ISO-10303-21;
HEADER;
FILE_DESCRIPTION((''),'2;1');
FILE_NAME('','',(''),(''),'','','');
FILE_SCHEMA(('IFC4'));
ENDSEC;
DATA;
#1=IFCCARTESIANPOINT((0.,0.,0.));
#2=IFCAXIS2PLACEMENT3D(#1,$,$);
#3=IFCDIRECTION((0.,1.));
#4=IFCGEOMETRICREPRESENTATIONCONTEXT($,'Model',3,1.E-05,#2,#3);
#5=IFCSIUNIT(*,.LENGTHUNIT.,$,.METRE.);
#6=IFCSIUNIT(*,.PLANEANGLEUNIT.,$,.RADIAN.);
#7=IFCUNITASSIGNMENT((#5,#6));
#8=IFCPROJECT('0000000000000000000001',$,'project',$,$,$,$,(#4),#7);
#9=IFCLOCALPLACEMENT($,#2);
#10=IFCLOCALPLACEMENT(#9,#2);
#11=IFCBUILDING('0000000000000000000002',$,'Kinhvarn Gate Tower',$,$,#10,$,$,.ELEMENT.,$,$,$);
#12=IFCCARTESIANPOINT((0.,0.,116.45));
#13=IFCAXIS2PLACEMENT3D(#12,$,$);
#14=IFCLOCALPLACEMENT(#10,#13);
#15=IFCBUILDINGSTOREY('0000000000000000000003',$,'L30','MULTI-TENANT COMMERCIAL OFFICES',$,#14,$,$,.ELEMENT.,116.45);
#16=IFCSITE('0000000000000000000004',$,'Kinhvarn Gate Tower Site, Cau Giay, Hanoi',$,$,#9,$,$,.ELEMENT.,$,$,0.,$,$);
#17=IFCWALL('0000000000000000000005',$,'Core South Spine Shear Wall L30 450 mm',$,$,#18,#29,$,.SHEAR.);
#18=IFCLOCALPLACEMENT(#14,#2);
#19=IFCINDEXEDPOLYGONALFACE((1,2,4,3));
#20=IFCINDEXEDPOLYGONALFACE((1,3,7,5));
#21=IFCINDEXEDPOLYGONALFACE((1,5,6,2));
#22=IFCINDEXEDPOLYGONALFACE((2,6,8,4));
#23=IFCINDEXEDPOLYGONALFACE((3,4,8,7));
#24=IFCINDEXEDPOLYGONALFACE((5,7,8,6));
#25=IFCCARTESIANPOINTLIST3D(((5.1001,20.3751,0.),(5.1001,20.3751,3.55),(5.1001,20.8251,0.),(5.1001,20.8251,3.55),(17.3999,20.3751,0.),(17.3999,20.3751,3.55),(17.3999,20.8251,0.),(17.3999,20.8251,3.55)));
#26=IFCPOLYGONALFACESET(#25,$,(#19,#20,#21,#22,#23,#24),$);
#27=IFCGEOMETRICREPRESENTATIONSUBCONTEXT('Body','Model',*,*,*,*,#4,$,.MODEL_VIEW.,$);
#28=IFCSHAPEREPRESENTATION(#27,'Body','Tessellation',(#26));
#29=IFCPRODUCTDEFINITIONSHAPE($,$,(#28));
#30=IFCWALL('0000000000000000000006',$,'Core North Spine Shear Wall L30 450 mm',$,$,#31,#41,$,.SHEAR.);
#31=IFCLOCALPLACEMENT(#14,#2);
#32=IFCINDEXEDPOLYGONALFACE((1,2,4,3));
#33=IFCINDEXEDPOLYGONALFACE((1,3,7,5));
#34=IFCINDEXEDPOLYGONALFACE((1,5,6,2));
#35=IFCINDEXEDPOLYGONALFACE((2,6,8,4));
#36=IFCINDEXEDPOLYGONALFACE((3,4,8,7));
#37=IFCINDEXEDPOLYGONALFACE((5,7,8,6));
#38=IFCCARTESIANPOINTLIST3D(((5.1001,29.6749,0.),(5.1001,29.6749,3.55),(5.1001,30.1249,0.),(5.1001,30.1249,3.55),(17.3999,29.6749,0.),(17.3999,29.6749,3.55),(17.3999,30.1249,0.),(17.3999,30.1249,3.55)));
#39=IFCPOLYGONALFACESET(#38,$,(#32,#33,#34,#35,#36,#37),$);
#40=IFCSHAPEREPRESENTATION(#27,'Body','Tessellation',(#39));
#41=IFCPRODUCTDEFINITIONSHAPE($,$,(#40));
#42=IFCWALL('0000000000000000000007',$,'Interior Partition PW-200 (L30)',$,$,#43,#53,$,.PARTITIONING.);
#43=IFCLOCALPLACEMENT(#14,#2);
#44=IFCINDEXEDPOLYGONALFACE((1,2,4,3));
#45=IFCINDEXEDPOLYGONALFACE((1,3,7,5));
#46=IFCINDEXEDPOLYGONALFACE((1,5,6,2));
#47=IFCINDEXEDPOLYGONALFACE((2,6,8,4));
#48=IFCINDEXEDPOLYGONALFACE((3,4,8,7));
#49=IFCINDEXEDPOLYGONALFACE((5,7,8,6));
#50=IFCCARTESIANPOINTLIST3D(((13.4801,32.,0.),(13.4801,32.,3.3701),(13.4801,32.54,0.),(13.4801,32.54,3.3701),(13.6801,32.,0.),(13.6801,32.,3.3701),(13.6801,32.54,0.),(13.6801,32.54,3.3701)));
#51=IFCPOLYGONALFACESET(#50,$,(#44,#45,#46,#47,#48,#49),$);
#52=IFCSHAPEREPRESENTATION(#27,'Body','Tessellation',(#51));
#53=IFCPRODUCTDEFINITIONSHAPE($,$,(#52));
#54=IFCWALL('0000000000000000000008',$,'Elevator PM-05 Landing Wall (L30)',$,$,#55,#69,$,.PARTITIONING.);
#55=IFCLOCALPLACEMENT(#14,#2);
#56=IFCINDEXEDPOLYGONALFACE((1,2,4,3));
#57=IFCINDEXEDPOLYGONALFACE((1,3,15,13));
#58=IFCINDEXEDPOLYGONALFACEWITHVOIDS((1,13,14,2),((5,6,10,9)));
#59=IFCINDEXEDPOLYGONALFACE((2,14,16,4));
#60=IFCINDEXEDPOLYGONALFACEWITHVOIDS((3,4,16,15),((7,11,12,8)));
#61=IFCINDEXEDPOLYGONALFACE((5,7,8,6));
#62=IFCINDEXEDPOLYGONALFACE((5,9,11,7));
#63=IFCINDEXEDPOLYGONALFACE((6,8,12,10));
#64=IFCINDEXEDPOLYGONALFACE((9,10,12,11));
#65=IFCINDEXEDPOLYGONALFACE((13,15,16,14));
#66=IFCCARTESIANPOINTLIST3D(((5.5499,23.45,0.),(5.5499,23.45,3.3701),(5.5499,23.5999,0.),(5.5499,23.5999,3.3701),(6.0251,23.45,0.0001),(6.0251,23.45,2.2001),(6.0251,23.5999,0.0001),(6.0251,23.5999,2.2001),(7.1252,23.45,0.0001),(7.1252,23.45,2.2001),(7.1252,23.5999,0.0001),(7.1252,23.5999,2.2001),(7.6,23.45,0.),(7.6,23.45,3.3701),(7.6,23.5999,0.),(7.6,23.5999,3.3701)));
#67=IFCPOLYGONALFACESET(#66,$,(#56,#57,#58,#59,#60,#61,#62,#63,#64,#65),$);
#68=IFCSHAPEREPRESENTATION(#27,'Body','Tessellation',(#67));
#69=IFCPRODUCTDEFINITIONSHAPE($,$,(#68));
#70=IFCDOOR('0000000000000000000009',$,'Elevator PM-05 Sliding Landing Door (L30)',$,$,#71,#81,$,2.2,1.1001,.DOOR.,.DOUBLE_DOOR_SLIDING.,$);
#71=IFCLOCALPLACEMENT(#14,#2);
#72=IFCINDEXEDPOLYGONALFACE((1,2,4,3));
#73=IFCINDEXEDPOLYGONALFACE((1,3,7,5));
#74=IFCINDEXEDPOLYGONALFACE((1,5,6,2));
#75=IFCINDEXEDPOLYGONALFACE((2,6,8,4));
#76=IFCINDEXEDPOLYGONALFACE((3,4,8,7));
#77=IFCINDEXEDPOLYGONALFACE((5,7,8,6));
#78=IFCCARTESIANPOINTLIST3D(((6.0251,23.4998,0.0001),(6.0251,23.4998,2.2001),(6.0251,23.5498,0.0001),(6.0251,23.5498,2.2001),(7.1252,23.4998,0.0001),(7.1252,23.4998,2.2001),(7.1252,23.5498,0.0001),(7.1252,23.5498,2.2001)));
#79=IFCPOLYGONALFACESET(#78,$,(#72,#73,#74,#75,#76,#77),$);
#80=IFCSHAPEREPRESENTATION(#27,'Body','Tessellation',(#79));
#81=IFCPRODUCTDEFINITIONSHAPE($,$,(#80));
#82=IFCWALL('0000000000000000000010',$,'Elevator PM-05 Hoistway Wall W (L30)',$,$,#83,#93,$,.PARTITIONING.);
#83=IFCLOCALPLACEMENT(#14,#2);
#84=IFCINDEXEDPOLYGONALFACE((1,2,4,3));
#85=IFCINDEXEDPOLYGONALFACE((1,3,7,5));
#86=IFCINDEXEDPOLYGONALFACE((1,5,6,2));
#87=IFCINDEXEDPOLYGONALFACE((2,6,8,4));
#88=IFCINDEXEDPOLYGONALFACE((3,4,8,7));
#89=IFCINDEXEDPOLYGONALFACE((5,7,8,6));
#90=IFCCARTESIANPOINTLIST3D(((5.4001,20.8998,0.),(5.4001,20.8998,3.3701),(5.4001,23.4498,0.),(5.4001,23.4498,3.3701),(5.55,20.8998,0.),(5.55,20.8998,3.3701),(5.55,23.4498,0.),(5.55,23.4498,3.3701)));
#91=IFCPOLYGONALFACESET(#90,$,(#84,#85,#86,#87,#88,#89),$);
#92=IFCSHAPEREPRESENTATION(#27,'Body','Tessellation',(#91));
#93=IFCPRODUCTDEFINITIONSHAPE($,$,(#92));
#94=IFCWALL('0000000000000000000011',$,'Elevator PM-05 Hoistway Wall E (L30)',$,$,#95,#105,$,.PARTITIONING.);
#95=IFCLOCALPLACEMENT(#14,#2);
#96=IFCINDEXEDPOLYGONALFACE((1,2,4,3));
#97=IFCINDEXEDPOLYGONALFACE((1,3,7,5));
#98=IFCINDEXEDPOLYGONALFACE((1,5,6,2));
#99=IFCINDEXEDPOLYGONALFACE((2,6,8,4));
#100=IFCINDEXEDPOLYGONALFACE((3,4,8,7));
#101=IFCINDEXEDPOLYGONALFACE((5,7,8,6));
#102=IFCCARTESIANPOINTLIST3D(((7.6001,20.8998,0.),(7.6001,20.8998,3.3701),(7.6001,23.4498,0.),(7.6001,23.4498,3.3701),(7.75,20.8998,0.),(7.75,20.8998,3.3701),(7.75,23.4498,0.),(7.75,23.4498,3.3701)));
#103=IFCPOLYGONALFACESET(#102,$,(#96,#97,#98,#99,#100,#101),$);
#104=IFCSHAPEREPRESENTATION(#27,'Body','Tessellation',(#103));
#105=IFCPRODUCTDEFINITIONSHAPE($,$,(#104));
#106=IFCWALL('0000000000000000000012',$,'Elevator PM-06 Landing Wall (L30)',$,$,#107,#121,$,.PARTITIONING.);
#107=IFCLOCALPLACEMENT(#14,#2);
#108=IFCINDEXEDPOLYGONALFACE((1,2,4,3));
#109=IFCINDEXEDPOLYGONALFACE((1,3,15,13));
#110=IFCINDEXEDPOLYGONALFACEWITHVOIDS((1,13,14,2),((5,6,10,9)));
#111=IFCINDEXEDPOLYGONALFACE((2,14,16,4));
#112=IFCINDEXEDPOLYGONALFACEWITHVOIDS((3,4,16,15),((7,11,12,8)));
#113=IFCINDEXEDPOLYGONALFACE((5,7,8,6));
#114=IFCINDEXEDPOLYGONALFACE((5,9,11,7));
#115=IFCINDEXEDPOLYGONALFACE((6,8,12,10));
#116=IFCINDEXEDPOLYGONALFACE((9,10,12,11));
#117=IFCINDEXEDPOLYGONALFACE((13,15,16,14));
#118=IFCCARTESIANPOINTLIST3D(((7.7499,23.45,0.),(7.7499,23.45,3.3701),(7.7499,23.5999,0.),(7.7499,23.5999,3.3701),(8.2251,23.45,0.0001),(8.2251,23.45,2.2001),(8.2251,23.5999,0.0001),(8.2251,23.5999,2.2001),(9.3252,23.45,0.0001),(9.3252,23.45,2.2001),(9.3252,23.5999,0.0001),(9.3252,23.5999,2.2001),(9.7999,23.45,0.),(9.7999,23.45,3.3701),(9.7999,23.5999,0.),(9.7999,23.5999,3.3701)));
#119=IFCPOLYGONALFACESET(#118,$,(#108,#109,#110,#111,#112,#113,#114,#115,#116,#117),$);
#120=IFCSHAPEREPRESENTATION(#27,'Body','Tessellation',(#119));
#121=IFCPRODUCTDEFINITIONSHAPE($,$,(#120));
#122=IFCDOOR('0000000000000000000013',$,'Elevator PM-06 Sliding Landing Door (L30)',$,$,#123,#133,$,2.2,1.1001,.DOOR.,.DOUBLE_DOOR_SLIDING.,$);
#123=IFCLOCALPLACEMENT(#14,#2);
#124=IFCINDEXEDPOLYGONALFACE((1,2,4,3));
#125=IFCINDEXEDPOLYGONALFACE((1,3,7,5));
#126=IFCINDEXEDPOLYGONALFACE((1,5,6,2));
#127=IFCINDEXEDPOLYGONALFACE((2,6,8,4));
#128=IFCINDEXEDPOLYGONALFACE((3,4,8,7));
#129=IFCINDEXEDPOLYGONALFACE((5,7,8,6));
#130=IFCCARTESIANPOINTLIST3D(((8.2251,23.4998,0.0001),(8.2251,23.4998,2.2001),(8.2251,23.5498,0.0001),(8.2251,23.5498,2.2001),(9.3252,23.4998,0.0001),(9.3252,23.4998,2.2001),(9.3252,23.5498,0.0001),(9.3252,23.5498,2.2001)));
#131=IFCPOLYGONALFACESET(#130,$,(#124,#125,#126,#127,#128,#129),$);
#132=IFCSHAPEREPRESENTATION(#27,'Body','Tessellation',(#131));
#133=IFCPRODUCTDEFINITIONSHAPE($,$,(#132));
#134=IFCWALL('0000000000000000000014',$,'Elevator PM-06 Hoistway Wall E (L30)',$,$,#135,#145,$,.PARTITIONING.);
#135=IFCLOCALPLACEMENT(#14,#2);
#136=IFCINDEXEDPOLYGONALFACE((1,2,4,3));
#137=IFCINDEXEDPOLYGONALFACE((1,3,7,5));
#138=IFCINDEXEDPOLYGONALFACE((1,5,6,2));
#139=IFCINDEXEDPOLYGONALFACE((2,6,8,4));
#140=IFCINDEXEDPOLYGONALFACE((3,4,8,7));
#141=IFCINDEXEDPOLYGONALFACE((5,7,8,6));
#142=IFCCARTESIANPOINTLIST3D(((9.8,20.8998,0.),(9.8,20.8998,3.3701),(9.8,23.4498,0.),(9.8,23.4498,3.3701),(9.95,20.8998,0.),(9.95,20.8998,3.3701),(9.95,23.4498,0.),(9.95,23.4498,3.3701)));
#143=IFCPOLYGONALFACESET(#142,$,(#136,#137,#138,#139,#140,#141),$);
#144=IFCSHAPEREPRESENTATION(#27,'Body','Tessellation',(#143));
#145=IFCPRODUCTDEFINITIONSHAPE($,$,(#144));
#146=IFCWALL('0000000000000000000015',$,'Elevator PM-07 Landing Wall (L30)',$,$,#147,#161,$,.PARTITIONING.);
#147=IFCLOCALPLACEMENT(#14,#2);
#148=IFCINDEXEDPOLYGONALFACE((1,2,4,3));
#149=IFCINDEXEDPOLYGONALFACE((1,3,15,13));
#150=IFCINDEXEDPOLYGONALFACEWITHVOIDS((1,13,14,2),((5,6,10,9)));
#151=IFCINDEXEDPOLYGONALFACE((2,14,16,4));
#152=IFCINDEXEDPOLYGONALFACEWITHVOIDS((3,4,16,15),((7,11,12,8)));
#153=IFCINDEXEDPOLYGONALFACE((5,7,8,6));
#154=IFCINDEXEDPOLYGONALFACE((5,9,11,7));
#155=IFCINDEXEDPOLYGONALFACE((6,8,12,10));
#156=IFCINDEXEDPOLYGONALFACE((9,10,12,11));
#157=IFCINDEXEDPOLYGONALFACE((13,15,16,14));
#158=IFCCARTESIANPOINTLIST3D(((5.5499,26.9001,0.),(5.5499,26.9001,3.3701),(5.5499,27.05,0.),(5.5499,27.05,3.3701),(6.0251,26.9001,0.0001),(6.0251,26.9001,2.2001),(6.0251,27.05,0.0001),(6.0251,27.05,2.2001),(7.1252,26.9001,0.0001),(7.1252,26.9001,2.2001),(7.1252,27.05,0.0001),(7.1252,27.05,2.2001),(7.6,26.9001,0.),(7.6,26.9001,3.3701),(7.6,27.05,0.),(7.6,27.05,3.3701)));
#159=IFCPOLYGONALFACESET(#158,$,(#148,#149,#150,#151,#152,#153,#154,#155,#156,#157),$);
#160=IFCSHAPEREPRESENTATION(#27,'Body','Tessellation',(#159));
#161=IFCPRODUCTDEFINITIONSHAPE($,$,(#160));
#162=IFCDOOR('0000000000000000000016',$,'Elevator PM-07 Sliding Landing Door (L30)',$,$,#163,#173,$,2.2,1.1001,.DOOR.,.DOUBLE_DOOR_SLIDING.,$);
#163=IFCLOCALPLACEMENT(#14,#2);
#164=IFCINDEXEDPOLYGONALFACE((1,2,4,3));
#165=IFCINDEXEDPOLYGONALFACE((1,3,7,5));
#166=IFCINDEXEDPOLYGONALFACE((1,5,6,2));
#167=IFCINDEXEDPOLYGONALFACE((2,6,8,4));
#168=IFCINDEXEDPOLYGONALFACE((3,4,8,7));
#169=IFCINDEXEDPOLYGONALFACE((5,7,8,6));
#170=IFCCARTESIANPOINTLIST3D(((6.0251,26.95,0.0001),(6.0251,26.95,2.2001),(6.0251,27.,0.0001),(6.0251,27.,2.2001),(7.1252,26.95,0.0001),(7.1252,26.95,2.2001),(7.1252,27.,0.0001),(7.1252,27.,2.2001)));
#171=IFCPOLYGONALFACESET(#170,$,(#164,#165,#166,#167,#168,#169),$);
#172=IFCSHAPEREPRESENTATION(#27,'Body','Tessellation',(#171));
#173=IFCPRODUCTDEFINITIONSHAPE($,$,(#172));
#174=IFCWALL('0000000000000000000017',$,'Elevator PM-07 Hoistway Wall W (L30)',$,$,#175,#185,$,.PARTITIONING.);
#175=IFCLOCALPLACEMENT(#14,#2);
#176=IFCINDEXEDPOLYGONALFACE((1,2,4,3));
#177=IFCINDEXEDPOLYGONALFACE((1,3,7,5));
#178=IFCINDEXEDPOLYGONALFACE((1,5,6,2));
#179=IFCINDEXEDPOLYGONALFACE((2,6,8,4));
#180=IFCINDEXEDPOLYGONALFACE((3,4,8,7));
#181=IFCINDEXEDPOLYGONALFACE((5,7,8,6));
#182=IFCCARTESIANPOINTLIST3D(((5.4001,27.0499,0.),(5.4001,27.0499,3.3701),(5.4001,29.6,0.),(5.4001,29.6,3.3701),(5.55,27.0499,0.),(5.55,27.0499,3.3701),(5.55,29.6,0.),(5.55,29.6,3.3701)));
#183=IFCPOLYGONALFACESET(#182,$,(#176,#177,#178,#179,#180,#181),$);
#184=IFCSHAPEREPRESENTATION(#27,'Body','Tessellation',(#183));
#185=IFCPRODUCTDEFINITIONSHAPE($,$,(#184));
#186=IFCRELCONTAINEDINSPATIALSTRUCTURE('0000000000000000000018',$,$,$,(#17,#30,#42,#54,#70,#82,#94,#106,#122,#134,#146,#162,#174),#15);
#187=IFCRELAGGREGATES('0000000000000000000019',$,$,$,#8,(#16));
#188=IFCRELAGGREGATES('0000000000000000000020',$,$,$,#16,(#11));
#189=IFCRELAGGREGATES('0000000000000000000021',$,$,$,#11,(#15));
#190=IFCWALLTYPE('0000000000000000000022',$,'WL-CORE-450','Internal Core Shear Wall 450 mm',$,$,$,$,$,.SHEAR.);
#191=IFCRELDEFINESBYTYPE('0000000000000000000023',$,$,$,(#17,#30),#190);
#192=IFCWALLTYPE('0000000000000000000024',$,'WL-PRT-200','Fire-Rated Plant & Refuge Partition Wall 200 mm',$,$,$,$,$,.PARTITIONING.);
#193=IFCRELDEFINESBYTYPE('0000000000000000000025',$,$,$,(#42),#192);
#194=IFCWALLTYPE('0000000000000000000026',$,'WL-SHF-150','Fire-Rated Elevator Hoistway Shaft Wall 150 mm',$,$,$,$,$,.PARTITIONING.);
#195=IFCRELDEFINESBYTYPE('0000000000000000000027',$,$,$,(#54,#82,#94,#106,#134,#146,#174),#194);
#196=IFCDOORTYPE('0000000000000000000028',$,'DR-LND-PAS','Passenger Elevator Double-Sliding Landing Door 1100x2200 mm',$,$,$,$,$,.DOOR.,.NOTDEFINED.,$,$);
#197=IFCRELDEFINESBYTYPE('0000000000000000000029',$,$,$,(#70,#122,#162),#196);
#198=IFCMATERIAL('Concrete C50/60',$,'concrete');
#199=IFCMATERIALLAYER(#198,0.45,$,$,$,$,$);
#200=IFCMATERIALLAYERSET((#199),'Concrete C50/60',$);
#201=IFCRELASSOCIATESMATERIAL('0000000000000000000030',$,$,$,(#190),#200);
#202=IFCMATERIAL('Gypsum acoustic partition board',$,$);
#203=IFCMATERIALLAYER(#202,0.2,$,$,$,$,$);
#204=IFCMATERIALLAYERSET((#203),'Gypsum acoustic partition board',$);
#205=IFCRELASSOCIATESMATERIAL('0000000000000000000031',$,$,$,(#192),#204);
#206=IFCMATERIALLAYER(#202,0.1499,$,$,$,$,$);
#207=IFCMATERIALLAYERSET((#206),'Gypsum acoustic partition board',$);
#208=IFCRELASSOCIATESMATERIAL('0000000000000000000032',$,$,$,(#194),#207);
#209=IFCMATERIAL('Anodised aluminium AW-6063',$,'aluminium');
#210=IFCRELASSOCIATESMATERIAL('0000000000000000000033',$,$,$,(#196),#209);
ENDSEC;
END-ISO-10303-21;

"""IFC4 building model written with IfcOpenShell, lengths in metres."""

from ifc_helpers import new_model, si_unit, direction, frame, frame_2d, origin, place, context, subcontext, project, spatial, rectangle, extrude, material, layer, layer_set, type_object, element, fill, save


model = new_model("IFC4")

# Units and contexts
model_context = context("Model", 3, precision=1e-05, world=origin(), true_north=direction((0.0, 1.0)))
body_context = subcontext(model_context, "Body", "Model", "MODEL_VIEW")
ifc_project = project(units=[si_unit("LENGTHUNIT", "METRE"), si_unit("PLANEANGLEUNIT", "RADIAN")], contexts=[model_context])

# Site, building, storey
site_placement = place(None, origin())
site = spatial("IfcSite", under=ifc_project, at=site_placement, Name="Kinhvarn Gate Tower Site, Cau Giay, Hanoi", CompositionType="ELEMENT", RefElevation=0.0)
building_placement = place(site_placement, origin())
building = spatial("IfcBuilding", under=site, at=building_placement, Name="Kinhvarn Gate Tower", CompositionType="ELEMENT")
storey_placement = place(building_placement, frame((0.0, 0.0, 116.45)))
storey = spatial("IfcBuildingStorey", under=building, at=storey_placement, Name="L30", Description="MULTI-TENANT COMMERCIAL OFFICES", CompositionType="ELEMENT", Elevation=116.45)

# Walls
ifc_material_1 = material(Name="Concrete C50/60", Category="concrete")
ifc_layer_1 = layer(ifc_material_1, 0.45)
ifc_layer_set_1 = layer_set([ifc_layer_1], Name="Concrete C50/60")
wall_type_1 = type_object("IfcWallType", Name="WL-CORE-450", Description="Internal Core Shear Wall 450 mm", PredefinedType="SHEAR", material=ifc_layer_set_1)
for number, where, z_axis, x_axis, name in (
    (1, (5.1001, 20.6001, 0.0), (0.0, 0.0, 1.0), (1.0, 0.0, 0.0), "Core South Spine Shear Wall L30 450 mm"),
    (2, (5.1001, 29.8999, 0.0), (0.0, 0.0, 1.0), (1.0, 0.0, 0.0), "Core North Spine Shear Wall L30 450 mm"),
):
    element("IfcWall", number, at=place(storey_placement, frame(where, z_axis=z_axis, x_axis=x_axis)), inside=storey, type_object=wall_type_1, Name=name, PredefinedType="SHEAR", context=body_context, shape_type="SweptSolid", body=[
        extrude(rectangle(XDim=12.2998, YDim=0.45, at=frame_2d((6.1499, 0.0))), origin(), (0.0, 0.0, 1.0), 3.55),
    ])
ifc_material_2 = material(Name="Gypsum acoustic partition board")
ifc_layer_2 = layer(ifc_material_2, 0.2)
ifc_layer_set_2 = layer_set([ifc_layer_2], Name="Gypsum acoustic partition board")
wall_type_2 = type_object("IfcWallType", Name="WL-PRT-200", Description="Fire-Rated Plant & Refuge Partition Wall 200 mm", PredefinedType="PARTITIONING", material=ifc_layer_set_2)
wall_1_placement = place(storey_placement, frame((13.5801, 32.0, 0.0), z_axis=(0.0, 0.0, 1.0), x_axis=(0.0, 1.0, 0.0)))
element("IfcWall", 3, at=wall_1_placement, inside=storey, type_object=wall_type_2, Name="Interior Partition PW-200 (L30)", PredefinedType="PARTITIONING", context=body_context, shape_type="SweptSolid", body=[
    extrude(rectangle(XDim=0.54, YDim=0.2, at=frame_2d((0.27, 0.0))), origin(), (0.0, 0.0, 1.0), 3.3701),
])

# Wall, opening, door
ifc_layer_3 = layer(ifc_material_2, 0.1499)
ifc_layer_set_3 = layer_set([ifc_layer_3], Name="Gypsum acoustic partition board")
wall_type_3 = type_object("IfcWallType", Name="WL-SHF-150", Description="Fire-Rated Elevator Hoistway Shaft Wall 150 mm", PredefinedType="PARTITIONING", material=ifc_layer_set_3)
wall_2_placement = place(storey_placement, frame((5.55, 23.5249, 0.0), z_axis=(0.0, 0.0, 1.0), x_axis=(1.0, 0.0, 0.0)))
wall_2 = element("IfcWall", 4, at=wall_2_placement, inside=storey, type_object=wall_type_3, Name="Elevator PM-05 Landing Wall (L30)", PredefinedType="PARTITIONING", context=body_context, shape_type="SweptSolid", body=[
    extrude(rectangle(XDim=2.05, YDim=0.1499, at=frame_2d((1.0249, 0.0))), origin(), (0.0, 0.0, 1.0), 3.3701),
])
opening_1_placement = place(wall_2_placement, frame((0.4751, 0.0, 0.0)))
opening_1 = element("IfcOpeningElement", 5, at=opening_1_placement, cuts=wall_2, PredefinedType="OPENING", context=body_context, shape_type="SweptSolid", body=[
    extrude(rectangle(XDim=1.1001, YDim=2.2, at=frame_2d((0.55, 1.1001))), frame((0.0, 0.085, 0.0), z_axis=(0.0, -1.0, 0.0), x_axis=(1.0, 0.0, 0.0)), (0.0, 0.0, 1.0), 0.1699),
])
ifc_material_3 = material(Name="Anodised aluminium AW-6063", Category="aluminium")
door_type_1 = type_object("IfcDoorType", Name="DR-LND-PAS", Description="Passenger Elevator Double-Sliding Landing Door 1100x2200 mm", OperationType="NOTDEFINED", PredefinedType="DOOR", material=ifc_material_3)
door_1_placement = place(opening_1_placement, origin())
door_1 = element("IfcDoor", 6, at=door_1_placement, inside=storey, type_object=door_type_1, Name="Elevator PM-05 Sliding Landing Door (L30)", OperationType="DOUBLE_DOOR_SLIDING", OverallHeight=2.2, OverallWidth=1.1001, PredefinedType="DOOR", context=body_context, shape_type="SweptSolid", body=[
    extrude(rectangle(XDim=1.1001, YDim=2.2, at=frame_2d((0.55, 1.1001))), frame((0.0, 0.0249, 0.0), z_axis=(0.0, -1.0, 0.0), x_axis=(1.0, 0.0, 0.0)), (0.0, 0.0, 1.0), 0.05),
])
fill(opening_1, door_1)

# Walls
for number, where, z_axis, x_axis, name in (
    (7, (5.4751, 20.8999, 0.0), (0.0, 0.0, 1.0), (0.0, 1.0, 0.0), "Elevator PM-05 Hoistway Wall W (L30)"),
    (8, (7.675, 20.8999, 0.0), (0.0, 0.0, 1.0), (0.0, 1.0, 0.0), "Elevator PM-05 Hoistway Wall E (L30)"),
):
    element("IfcWall", number, at=place(storey_placement, frame(where, z_axis=z_axis, x_axis=x_axis)), inside=storey, type_object=wall_type_3, Name=name, PredefinedType="PARTITIONING", context=body_context, shape_type="SweptSolid", body=[
        extrude(rectangle(XDim=2.55, YDim=0.1499, at=frame_2d((1.2749, 0.0))), origin(), (0.0, 0.0, 1.0), 3.3701),
    ])

# Wall, opening, door
wall_3_placement = place(storey_placement, frame((7.75, 23.5249, 0.0), z_axis=(0.0, 0.0, 1.0), x_axis=(1.0, 0.0, 0.0)))
wall_3 = element("IfcWall", 9, at=wall_3_placement, inside=storey, type_object=wall_type_3, Name="Elevator PM-06 Landing Wall (L30)", PredefinedType="PARTITIONING", context=body_context, shape_type="SweptSolid", body=[
    extrude(rectangle(XDim=2.05, YDim=0.1499, at=frame_2d((1.0249, 0.0))), origin(), (0.0, 0.0, 1.0), 3.3701),
])
opening_2_placement = place(wall_3_placement, frame((0.4751, 0.0, 0.0)))
opening_2 = element("IfcOpeningElement", 10, at=opening_2_placement, cuts=wall_3, PredefinedType="OPENING", context=body_context, shape_type="SweptSolid", body=[
    extrude(rectangle(XDim=1.1001, YDim=2.2, at=frame_2d((0.55, 1.1001))), frame((0.0, 0.085, 0.0), z_axis=(0.0, -1.0, 0.0), x_axis=(1.0, 0.0, 0.0)), (0.0, 0.0, 1.0), 0.1699),
])
door_2_placement = place(opening_2_placement, origin())
door_2 = element("IfcDoor", 11, at=door_2_placement, inside=storey, type_object=door_type_1, Name="Elevator PM-06 Sliding Landing Door (L30)", OperationType="DOUBLE_DOOR_SLIDING", OverallHeight=2.2, OverallWidth=1.1001, PredefinedType="DOOR", context=body_context, shape_type="SweptSolid", body=[
    extrude(rectangle(XDim=1.1001, YDim=2.2, at=frame_2d((0.55, 1.1001))), frame((0.0, 0.0249, 0.0), z_axis=(0.0, -1.0, 0.0), x_axis=(1.0, 0.0, 0.0)), (0.0, 0.0, 1.0), 0.05),
])
fill(opening_2, door_2)

# Wall
wall_4_placement = place(storey_placement, frame((9.875, 20.8999, 0.0), z_axis=(0.0, 0.0, 1.0), x_axis=(0.0, 1.0, 0.0)))
element("IfcWall", 12, at=wall_4_placement, inside=storey, type_object=wall_type_3, Name="Elevator PM-06 Hoistway Wall E (L30)", PredefinedType="PARTITIONING", context=body_context, shape_type="SweptSolid", body=[
    extrude(rectangle(XDim=2.55, YDim=0.1499, at=frame_2d((1.2749, 0.0))), origin(), (0.0, 0.0, 1.0), 3.3701),
])

# Wall, opening, door
wall_5_placement = place(storey_placement, frame((5.55, 26.9751, 0.0), z_axis=(0.0, 0.0, 1.0), x_axis=(1.0, 0.0, 0.0)))
wall_5 = element("IfcWall", 13, at=wall_5_placement, inside=storey, type_object=wall_type_3, Name="Elevator PM-07 Landing Wall (L30)", PredefinedType="PARTITIONING", context=body_context, shape_type="SweptSolid", body=[
    extrude(rectangle(XDim=2.05, YDim=0.1499, at=frame_2d((1.0249, 0.0))), origin(), (0.0, 0.0, 1.0), 3.3701),
])
opening_3_placement = place(wall_5_placement, frame((0.4751, 0.0, 0.0)))
opening_3 = element("IfcOpeningElement", 14, at=opening_3_placement, cuts=wall_5, PredefinedType="OPENING", context=body_context, shape_type="SweptSolid", body=[
    extrude(rectangle(XDim=1.1001, YDim=2.2, at=frame_2d((0.55, 1.1001))), frame((0.0, 0.085, 0.0), z_axis=(0.0, -1.0, 0.0), x_axis=(1.0, 0.0, 0.0)), (0.0, 0.0, 1.0), 0.1699),
])
door_3_placement = place(opening_3_placement, origin())
door_3 = element("IfcDoor", 15, at=door_3_placement, inside=storey, type_object=door_type_1, Name="Elevator PM-07 Sliding Landing Door (L30)", OperationType="DOUBLE_DOOR_SLIDING", OverallHeight=2.2, OverallWidth=1.1001, PredefinedType="DOOR", context=body_context, shape_type="SweptSolid", body=[
    extrude(rectangle(XDim=1.1001, YDim=2.2, at=frame_2d((0.55, 1.1001))), frame((0.0, 0.0249, 0.0), z_axis=(0.0, -1.0, 0.0), x_axis=(1.0, 0.0, 0.0)), (0.0, 0.0, 1.0), 0.05),
])
fill(opening_3, door_3)

# Wall
for number, where, z_axis, x_axis, name in (
    (16, (5.4751, 27.05, 0.0), (0.0, 0.0, 1.0), (0.0, 1.0, 0.0), "Elevator PM-07 Hoistway Wall W (L30)"),
):
    element("IfcWall", number, at=place(storey_placement, frame(where, z_axis=z_axis, x_axis=x_axis)), inside=storey, type_object=wall_type_3, Name=name, PredefinedType="PARTITIONING", context=body_context, shape_type="SweptSolid", body=[
        extrude(rectangle(XDim=2.55, YDim=0.1499, at=frame_2d((1.2749, 0.0))), origin(), (0.0, 0.0, 1.0), 3.3701),
    ])

save(model, "model.ifc")
